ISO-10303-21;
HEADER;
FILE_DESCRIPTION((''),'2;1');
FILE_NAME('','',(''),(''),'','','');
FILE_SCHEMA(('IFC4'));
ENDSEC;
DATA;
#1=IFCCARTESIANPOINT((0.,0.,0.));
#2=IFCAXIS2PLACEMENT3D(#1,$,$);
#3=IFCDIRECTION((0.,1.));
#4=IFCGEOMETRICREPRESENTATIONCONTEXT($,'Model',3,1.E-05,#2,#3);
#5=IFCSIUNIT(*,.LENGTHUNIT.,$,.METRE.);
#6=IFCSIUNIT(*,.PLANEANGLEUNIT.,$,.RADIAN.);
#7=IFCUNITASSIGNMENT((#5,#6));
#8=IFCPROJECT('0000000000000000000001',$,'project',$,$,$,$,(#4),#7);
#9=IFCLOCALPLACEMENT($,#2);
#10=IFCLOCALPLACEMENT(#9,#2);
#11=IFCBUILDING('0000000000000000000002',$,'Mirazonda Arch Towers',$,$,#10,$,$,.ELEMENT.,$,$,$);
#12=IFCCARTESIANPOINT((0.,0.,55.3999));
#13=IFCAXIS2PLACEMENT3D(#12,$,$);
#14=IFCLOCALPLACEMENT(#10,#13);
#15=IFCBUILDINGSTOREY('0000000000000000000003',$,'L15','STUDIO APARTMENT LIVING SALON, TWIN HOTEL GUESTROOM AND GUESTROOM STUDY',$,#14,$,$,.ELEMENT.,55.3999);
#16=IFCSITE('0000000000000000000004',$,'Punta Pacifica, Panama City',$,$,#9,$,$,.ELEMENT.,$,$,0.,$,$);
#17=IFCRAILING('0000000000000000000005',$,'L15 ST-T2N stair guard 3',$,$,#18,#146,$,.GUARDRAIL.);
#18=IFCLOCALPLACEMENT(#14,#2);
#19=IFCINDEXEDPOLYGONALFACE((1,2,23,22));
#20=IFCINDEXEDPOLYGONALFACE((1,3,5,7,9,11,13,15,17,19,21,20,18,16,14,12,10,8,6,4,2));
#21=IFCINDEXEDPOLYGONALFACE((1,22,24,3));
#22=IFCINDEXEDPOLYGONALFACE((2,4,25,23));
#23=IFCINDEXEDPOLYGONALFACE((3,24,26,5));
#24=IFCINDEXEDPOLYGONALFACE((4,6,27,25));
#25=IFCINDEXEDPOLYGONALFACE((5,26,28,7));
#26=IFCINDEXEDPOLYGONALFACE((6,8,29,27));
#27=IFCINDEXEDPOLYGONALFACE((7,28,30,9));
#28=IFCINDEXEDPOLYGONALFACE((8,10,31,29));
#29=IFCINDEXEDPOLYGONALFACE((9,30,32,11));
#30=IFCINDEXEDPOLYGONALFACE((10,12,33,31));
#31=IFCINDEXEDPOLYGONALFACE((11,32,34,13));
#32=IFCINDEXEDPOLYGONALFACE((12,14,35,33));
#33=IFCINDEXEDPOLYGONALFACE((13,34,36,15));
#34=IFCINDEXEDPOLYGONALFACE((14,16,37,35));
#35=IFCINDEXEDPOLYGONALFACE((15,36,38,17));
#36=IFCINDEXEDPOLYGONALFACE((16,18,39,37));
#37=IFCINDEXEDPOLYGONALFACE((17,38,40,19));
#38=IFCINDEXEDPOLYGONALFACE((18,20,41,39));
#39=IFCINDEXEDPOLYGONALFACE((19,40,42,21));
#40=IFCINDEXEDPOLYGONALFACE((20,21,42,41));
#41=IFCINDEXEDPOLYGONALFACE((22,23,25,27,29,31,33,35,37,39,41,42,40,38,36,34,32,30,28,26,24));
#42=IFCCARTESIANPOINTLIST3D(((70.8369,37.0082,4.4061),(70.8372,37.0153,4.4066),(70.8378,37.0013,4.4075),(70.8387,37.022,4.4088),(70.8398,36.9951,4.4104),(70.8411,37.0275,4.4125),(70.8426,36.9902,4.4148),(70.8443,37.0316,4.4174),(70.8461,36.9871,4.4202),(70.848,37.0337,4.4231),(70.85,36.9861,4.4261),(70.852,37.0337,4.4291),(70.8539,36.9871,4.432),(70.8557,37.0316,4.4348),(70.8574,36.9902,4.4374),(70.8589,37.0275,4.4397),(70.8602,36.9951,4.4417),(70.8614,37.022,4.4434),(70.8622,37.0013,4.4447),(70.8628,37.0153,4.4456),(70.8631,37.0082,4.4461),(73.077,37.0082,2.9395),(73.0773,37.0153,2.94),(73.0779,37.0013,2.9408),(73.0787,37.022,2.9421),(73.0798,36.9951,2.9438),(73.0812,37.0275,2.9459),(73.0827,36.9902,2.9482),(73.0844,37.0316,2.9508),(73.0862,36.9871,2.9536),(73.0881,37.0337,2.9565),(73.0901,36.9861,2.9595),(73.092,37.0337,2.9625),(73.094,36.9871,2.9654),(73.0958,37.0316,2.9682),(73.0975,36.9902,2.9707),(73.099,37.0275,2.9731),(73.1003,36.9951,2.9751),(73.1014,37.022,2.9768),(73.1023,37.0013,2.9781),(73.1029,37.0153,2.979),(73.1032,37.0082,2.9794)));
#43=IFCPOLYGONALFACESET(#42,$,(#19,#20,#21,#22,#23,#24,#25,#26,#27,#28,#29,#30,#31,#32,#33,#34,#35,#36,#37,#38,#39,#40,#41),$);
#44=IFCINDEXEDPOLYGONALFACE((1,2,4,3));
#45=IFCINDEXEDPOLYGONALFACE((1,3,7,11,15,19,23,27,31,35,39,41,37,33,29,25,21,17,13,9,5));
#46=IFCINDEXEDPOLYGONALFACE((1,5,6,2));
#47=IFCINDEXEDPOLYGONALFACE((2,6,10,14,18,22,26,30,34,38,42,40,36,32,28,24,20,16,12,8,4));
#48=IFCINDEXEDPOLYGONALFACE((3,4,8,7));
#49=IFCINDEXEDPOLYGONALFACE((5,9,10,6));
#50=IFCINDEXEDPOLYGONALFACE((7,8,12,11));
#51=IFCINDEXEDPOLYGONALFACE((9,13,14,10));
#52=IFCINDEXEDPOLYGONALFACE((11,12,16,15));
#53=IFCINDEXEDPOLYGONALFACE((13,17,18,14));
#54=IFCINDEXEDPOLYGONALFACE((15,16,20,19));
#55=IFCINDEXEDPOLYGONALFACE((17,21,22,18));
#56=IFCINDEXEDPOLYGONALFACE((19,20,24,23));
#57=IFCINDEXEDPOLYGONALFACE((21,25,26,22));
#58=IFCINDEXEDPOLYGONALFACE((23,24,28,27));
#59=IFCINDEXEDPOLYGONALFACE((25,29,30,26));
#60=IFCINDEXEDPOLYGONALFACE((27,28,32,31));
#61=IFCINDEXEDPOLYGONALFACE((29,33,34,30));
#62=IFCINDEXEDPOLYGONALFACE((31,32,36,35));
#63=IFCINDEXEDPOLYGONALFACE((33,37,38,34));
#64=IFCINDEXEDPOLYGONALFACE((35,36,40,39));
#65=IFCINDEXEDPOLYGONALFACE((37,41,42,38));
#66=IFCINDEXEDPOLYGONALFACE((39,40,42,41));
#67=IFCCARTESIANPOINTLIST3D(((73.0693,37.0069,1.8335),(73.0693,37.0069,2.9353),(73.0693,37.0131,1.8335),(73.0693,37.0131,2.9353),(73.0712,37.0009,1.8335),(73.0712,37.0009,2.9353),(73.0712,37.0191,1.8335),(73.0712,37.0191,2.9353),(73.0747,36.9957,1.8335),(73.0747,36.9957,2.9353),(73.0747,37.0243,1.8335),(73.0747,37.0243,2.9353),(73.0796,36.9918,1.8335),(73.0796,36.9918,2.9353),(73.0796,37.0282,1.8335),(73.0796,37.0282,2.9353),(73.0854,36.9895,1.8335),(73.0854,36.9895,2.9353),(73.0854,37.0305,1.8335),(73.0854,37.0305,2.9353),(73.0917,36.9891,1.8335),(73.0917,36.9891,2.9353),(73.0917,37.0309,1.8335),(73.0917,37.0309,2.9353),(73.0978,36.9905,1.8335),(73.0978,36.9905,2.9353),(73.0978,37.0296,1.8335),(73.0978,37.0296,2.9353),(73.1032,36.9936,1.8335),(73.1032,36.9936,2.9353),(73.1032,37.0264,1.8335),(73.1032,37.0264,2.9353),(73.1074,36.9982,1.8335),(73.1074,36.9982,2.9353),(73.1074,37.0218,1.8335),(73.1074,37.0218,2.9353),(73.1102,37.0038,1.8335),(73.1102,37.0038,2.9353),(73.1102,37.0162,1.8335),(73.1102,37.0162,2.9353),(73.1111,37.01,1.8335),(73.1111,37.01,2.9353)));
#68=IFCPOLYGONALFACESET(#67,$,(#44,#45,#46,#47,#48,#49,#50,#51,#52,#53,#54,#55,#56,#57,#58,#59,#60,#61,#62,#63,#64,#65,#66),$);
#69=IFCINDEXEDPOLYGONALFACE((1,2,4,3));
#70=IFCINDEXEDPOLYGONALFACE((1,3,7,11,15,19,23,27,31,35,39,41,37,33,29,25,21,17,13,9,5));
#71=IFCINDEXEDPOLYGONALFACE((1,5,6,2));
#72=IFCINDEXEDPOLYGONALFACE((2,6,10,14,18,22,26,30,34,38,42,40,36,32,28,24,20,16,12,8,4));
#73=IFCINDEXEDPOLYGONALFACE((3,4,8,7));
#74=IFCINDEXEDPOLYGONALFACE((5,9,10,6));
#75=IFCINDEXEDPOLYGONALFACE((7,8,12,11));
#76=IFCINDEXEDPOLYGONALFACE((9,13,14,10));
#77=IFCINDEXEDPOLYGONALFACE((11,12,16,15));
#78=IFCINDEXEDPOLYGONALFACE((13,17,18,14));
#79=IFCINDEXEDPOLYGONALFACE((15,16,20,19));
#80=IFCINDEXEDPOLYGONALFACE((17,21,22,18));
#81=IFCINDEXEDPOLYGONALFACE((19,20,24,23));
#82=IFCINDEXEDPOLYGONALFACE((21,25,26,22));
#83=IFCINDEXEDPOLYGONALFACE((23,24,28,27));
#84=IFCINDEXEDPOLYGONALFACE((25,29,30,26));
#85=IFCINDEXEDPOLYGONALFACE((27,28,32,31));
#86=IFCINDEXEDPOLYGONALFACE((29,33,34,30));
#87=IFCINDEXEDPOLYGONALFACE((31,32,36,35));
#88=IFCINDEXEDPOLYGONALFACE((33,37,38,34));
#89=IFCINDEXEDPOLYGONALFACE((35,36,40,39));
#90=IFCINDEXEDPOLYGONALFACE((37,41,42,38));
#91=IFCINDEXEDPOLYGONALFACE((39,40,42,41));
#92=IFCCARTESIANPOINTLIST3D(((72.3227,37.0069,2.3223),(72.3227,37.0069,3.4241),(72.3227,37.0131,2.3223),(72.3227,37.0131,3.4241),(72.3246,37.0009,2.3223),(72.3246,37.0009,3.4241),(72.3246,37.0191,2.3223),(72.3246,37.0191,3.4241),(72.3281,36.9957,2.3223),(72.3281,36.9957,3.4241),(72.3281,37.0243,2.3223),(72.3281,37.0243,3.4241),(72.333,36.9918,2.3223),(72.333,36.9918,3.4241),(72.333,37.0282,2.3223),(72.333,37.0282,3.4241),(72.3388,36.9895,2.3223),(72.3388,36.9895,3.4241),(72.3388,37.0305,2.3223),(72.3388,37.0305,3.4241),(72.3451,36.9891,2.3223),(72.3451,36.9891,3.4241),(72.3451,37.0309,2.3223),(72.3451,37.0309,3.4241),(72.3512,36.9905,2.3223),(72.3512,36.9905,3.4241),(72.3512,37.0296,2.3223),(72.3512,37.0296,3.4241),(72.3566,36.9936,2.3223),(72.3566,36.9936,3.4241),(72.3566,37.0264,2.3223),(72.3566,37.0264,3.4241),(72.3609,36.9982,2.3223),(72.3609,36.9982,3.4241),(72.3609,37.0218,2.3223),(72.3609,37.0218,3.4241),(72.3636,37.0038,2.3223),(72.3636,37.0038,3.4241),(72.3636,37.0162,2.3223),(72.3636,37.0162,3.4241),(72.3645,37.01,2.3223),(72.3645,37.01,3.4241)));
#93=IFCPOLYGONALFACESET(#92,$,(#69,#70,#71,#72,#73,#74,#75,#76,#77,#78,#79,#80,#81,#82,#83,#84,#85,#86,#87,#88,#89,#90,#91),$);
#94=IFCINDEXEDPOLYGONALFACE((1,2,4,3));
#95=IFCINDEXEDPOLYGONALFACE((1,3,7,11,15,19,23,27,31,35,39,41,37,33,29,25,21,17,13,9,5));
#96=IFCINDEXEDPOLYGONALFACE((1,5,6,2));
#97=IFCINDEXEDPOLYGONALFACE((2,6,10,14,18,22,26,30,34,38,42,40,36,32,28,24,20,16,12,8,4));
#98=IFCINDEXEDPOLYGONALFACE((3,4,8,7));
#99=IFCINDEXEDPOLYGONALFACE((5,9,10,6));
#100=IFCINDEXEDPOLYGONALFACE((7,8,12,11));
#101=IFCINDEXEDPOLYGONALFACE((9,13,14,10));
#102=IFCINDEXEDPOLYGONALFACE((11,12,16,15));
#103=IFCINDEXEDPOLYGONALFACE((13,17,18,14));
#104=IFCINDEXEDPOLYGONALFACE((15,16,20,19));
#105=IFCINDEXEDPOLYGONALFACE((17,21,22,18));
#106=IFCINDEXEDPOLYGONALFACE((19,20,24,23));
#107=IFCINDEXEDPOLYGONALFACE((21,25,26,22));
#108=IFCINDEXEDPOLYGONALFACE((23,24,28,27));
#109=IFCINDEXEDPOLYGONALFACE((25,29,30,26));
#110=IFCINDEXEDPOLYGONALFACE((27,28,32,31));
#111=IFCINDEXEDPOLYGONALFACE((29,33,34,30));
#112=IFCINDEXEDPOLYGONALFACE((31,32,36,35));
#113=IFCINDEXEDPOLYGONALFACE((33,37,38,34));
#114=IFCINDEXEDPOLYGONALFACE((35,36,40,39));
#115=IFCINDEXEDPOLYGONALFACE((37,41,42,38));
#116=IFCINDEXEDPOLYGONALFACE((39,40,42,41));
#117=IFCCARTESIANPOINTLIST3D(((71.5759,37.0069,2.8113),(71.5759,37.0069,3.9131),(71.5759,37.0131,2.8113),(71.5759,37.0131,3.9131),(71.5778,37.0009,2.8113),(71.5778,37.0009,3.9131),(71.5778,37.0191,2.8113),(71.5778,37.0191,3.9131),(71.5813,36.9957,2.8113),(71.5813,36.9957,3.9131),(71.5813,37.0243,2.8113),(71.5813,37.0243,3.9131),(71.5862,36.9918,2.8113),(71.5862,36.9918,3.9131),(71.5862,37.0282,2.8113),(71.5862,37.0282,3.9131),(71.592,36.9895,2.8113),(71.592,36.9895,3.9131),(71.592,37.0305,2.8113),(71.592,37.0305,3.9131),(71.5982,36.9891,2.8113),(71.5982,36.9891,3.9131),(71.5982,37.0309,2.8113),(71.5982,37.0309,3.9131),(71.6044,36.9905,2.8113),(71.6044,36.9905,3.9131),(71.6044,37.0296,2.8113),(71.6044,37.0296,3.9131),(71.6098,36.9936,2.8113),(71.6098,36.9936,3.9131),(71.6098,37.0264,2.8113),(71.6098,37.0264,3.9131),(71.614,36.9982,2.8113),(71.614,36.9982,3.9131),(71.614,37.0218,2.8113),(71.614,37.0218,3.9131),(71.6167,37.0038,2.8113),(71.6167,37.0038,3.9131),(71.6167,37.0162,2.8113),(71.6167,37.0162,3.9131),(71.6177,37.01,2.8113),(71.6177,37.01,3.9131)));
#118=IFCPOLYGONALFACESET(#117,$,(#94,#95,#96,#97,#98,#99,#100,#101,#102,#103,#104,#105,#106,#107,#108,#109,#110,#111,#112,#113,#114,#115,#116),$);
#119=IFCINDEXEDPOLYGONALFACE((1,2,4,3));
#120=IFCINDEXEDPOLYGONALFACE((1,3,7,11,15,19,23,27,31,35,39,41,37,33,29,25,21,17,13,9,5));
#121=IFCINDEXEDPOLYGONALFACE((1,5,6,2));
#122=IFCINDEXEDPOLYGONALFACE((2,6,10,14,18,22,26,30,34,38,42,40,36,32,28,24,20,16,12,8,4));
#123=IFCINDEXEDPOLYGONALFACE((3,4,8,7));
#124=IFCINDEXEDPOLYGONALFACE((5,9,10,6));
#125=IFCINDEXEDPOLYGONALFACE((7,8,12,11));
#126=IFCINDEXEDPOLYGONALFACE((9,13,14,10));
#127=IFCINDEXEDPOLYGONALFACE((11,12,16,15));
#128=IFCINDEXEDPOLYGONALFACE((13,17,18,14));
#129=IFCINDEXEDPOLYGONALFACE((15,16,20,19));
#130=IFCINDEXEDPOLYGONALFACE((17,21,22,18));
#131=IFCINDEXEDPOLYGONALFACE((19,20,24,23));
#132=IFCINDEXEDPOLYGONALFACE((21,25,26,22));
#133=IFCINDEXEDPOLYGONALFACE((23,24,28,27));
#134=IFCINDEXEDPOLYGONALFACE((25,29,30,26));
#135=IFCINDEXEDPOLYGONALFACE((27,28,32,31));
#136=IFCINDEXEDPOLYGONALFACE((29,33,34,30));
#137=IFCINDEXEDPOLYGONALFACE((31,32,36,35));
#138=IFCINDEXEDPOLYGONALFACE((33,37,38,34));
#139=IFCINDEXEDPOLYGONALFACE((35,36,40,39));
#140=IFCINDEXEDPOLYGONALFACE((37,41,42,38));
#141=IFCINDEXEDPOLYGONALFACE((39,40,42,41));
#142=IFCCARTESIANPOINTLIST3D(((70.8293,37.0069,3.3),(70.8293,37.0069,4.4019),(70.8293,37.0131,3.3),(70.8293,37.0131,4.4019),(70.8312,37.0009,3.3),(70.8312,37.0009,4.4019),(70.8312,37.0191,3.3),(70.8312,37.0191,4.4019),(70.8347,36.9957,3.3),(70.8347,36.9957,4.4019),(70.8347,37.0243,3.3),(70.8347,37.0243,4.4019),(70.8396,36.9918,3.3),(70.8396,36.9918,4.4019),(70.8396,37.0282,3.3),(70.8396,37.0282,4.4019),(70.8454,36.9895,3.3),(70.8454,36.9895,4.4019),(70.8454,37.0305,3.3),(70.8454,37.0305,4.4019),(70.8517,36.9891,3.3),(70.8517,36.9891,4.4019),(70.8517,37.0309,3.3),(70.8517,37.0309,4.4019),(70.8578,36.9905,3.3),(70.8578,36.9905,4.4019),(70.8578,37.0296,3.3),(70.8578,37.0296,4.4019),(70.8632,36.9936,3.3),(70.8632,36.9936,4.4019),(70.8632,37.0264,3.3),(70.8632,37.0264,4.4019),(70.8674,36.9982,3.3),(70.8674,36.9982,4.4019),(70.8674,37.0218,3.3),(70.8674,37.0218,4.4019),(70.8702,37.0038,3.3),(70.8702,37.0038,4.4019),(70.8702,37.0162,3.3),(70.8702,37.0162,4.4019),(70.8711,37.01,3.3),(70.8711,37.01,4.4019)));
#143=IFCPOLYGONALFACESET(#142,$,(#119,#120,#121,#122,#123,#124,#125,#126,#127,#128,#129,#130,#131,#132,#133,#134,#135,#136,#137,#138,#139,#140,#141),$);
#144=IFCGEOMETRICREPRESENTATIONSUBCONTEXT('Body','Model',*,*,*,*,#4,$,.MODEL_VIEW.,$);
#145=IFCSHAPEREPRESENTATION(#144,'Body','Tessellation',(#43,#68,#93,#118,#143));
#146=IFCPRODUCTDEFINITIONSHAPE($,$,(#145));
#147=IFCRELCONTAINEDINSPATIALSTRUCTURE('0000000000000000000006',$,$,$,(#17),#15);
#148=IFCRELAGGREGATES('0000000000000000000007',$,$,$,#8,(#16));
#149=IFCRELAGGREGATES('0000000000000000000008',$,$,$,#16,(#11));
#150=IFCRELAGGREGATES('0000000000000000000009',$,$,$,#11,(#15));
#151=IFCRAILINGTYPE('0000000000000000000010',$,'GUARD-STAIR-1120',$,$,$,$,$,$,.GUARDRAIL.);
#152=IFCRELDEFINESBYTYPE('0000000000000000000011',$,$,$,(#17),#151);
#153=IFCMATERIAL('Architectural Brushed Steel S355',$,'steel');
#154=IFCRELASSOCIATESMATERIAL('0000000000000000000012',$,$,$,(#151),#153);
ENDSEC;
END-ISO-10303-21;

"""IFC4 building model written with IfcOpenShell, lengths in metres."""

from ifc_helpers import new_model, si_unit, direction, frame, origin, origin_2d, place, context, subcontext, project, spatial, circle, extrude, material, type_object, element, save


model = new_model("IFC4")

# Units and contexts
model_context = context("Model", 3, precision=1e-05, world=origin(), true_north=direction((0.0, 1.0)))
body_context = subcontext(model_context, "Body", "Model", "MODEL_VIEW")
ifc_project = project(units=[si_unit("LENGTHUNIT", "METRE"), si_unit("PLANEANGLEUNIT", "RADIAN")], contexts=[model_context])

# Site, building, storey
site_placement = place(None, origin())
site = spatial("IfcSite", under=ifc_project, at=site_placement, Name="Punta Pacifica, Panama City", CompositionType="ELEMENT", RefElevation=0.0)
building_placement = place(site_placement, origin())
building = spatial("IfcBuilding", under=site, at=building_placement, Name="Mirazonda Arch Towers", CompositionType="ELEMENT")
storey_placement = place(building_placement, frame((0.0, 0.0, 55.3999)))
storey = spatial("IfcBuildingStorey", under=building, at=storey_placement, Name="L15", Description="STUDIO APARTMENT LIVING SALON, TWIN HOTEL GUESTROOM AND GUESTROOM STUDY", CompositionType="ELEMENT", Elevation=55.3999)

# Railing
ifc_material_1 = material(Name="Architectural Brushed Steel S355", Category="steel")
railing_type_1 = type_object("IfcRailingType", Name="GUARD-STAIR-1120", PredefinedType="GUARDRAIL", material=ifc_material_1)
railing_1_placement = place(storey_placement, frame((73.0901, 37.01, 1.8335)))
element("IfcRailing", 1, at=railing_1_placement, inside=storey, type_object=railing_type_1, Name="L15 ST-T2N stair guard 3", PredefinedType="GUARDRAIL", context=body_context, shape_type="SweptSolid", body=[
    extrude(circle(Radius=0.0239, at=origin_2d()), frame((0.0, 0.0, 1.126), z_axis=(-0.836637, 0.0, 0.547758), x_axis=(0.0, -1.0, 0.0)), (0.0, 0.0, 1.0), 2.6775),
    extrude(circle(Radius=0.021, at=origin_2d()), origin(), (0.0, 0.0, 1.0), 1.1018),
    extrude(circle(Radius=0.021, at=origin_2d()), frame((-0.7466, 0.0, 0.4888)), (0.0, 0.0, 1.0), 1.1018),
    extrude(circle(Radius=0.021, at=origin_2d()), frame((-1.4934, 0.0, 0.9778)), (0.0, 0.0, 1.0), 1.1018),
    extrude(circle(Radius=0.021, at=origin_2d()), frame((-2.24, 0.0, 1.4666)), (0.0, 0.0, 1.0), 1.1018),
])

save(model, "model.ifc")
